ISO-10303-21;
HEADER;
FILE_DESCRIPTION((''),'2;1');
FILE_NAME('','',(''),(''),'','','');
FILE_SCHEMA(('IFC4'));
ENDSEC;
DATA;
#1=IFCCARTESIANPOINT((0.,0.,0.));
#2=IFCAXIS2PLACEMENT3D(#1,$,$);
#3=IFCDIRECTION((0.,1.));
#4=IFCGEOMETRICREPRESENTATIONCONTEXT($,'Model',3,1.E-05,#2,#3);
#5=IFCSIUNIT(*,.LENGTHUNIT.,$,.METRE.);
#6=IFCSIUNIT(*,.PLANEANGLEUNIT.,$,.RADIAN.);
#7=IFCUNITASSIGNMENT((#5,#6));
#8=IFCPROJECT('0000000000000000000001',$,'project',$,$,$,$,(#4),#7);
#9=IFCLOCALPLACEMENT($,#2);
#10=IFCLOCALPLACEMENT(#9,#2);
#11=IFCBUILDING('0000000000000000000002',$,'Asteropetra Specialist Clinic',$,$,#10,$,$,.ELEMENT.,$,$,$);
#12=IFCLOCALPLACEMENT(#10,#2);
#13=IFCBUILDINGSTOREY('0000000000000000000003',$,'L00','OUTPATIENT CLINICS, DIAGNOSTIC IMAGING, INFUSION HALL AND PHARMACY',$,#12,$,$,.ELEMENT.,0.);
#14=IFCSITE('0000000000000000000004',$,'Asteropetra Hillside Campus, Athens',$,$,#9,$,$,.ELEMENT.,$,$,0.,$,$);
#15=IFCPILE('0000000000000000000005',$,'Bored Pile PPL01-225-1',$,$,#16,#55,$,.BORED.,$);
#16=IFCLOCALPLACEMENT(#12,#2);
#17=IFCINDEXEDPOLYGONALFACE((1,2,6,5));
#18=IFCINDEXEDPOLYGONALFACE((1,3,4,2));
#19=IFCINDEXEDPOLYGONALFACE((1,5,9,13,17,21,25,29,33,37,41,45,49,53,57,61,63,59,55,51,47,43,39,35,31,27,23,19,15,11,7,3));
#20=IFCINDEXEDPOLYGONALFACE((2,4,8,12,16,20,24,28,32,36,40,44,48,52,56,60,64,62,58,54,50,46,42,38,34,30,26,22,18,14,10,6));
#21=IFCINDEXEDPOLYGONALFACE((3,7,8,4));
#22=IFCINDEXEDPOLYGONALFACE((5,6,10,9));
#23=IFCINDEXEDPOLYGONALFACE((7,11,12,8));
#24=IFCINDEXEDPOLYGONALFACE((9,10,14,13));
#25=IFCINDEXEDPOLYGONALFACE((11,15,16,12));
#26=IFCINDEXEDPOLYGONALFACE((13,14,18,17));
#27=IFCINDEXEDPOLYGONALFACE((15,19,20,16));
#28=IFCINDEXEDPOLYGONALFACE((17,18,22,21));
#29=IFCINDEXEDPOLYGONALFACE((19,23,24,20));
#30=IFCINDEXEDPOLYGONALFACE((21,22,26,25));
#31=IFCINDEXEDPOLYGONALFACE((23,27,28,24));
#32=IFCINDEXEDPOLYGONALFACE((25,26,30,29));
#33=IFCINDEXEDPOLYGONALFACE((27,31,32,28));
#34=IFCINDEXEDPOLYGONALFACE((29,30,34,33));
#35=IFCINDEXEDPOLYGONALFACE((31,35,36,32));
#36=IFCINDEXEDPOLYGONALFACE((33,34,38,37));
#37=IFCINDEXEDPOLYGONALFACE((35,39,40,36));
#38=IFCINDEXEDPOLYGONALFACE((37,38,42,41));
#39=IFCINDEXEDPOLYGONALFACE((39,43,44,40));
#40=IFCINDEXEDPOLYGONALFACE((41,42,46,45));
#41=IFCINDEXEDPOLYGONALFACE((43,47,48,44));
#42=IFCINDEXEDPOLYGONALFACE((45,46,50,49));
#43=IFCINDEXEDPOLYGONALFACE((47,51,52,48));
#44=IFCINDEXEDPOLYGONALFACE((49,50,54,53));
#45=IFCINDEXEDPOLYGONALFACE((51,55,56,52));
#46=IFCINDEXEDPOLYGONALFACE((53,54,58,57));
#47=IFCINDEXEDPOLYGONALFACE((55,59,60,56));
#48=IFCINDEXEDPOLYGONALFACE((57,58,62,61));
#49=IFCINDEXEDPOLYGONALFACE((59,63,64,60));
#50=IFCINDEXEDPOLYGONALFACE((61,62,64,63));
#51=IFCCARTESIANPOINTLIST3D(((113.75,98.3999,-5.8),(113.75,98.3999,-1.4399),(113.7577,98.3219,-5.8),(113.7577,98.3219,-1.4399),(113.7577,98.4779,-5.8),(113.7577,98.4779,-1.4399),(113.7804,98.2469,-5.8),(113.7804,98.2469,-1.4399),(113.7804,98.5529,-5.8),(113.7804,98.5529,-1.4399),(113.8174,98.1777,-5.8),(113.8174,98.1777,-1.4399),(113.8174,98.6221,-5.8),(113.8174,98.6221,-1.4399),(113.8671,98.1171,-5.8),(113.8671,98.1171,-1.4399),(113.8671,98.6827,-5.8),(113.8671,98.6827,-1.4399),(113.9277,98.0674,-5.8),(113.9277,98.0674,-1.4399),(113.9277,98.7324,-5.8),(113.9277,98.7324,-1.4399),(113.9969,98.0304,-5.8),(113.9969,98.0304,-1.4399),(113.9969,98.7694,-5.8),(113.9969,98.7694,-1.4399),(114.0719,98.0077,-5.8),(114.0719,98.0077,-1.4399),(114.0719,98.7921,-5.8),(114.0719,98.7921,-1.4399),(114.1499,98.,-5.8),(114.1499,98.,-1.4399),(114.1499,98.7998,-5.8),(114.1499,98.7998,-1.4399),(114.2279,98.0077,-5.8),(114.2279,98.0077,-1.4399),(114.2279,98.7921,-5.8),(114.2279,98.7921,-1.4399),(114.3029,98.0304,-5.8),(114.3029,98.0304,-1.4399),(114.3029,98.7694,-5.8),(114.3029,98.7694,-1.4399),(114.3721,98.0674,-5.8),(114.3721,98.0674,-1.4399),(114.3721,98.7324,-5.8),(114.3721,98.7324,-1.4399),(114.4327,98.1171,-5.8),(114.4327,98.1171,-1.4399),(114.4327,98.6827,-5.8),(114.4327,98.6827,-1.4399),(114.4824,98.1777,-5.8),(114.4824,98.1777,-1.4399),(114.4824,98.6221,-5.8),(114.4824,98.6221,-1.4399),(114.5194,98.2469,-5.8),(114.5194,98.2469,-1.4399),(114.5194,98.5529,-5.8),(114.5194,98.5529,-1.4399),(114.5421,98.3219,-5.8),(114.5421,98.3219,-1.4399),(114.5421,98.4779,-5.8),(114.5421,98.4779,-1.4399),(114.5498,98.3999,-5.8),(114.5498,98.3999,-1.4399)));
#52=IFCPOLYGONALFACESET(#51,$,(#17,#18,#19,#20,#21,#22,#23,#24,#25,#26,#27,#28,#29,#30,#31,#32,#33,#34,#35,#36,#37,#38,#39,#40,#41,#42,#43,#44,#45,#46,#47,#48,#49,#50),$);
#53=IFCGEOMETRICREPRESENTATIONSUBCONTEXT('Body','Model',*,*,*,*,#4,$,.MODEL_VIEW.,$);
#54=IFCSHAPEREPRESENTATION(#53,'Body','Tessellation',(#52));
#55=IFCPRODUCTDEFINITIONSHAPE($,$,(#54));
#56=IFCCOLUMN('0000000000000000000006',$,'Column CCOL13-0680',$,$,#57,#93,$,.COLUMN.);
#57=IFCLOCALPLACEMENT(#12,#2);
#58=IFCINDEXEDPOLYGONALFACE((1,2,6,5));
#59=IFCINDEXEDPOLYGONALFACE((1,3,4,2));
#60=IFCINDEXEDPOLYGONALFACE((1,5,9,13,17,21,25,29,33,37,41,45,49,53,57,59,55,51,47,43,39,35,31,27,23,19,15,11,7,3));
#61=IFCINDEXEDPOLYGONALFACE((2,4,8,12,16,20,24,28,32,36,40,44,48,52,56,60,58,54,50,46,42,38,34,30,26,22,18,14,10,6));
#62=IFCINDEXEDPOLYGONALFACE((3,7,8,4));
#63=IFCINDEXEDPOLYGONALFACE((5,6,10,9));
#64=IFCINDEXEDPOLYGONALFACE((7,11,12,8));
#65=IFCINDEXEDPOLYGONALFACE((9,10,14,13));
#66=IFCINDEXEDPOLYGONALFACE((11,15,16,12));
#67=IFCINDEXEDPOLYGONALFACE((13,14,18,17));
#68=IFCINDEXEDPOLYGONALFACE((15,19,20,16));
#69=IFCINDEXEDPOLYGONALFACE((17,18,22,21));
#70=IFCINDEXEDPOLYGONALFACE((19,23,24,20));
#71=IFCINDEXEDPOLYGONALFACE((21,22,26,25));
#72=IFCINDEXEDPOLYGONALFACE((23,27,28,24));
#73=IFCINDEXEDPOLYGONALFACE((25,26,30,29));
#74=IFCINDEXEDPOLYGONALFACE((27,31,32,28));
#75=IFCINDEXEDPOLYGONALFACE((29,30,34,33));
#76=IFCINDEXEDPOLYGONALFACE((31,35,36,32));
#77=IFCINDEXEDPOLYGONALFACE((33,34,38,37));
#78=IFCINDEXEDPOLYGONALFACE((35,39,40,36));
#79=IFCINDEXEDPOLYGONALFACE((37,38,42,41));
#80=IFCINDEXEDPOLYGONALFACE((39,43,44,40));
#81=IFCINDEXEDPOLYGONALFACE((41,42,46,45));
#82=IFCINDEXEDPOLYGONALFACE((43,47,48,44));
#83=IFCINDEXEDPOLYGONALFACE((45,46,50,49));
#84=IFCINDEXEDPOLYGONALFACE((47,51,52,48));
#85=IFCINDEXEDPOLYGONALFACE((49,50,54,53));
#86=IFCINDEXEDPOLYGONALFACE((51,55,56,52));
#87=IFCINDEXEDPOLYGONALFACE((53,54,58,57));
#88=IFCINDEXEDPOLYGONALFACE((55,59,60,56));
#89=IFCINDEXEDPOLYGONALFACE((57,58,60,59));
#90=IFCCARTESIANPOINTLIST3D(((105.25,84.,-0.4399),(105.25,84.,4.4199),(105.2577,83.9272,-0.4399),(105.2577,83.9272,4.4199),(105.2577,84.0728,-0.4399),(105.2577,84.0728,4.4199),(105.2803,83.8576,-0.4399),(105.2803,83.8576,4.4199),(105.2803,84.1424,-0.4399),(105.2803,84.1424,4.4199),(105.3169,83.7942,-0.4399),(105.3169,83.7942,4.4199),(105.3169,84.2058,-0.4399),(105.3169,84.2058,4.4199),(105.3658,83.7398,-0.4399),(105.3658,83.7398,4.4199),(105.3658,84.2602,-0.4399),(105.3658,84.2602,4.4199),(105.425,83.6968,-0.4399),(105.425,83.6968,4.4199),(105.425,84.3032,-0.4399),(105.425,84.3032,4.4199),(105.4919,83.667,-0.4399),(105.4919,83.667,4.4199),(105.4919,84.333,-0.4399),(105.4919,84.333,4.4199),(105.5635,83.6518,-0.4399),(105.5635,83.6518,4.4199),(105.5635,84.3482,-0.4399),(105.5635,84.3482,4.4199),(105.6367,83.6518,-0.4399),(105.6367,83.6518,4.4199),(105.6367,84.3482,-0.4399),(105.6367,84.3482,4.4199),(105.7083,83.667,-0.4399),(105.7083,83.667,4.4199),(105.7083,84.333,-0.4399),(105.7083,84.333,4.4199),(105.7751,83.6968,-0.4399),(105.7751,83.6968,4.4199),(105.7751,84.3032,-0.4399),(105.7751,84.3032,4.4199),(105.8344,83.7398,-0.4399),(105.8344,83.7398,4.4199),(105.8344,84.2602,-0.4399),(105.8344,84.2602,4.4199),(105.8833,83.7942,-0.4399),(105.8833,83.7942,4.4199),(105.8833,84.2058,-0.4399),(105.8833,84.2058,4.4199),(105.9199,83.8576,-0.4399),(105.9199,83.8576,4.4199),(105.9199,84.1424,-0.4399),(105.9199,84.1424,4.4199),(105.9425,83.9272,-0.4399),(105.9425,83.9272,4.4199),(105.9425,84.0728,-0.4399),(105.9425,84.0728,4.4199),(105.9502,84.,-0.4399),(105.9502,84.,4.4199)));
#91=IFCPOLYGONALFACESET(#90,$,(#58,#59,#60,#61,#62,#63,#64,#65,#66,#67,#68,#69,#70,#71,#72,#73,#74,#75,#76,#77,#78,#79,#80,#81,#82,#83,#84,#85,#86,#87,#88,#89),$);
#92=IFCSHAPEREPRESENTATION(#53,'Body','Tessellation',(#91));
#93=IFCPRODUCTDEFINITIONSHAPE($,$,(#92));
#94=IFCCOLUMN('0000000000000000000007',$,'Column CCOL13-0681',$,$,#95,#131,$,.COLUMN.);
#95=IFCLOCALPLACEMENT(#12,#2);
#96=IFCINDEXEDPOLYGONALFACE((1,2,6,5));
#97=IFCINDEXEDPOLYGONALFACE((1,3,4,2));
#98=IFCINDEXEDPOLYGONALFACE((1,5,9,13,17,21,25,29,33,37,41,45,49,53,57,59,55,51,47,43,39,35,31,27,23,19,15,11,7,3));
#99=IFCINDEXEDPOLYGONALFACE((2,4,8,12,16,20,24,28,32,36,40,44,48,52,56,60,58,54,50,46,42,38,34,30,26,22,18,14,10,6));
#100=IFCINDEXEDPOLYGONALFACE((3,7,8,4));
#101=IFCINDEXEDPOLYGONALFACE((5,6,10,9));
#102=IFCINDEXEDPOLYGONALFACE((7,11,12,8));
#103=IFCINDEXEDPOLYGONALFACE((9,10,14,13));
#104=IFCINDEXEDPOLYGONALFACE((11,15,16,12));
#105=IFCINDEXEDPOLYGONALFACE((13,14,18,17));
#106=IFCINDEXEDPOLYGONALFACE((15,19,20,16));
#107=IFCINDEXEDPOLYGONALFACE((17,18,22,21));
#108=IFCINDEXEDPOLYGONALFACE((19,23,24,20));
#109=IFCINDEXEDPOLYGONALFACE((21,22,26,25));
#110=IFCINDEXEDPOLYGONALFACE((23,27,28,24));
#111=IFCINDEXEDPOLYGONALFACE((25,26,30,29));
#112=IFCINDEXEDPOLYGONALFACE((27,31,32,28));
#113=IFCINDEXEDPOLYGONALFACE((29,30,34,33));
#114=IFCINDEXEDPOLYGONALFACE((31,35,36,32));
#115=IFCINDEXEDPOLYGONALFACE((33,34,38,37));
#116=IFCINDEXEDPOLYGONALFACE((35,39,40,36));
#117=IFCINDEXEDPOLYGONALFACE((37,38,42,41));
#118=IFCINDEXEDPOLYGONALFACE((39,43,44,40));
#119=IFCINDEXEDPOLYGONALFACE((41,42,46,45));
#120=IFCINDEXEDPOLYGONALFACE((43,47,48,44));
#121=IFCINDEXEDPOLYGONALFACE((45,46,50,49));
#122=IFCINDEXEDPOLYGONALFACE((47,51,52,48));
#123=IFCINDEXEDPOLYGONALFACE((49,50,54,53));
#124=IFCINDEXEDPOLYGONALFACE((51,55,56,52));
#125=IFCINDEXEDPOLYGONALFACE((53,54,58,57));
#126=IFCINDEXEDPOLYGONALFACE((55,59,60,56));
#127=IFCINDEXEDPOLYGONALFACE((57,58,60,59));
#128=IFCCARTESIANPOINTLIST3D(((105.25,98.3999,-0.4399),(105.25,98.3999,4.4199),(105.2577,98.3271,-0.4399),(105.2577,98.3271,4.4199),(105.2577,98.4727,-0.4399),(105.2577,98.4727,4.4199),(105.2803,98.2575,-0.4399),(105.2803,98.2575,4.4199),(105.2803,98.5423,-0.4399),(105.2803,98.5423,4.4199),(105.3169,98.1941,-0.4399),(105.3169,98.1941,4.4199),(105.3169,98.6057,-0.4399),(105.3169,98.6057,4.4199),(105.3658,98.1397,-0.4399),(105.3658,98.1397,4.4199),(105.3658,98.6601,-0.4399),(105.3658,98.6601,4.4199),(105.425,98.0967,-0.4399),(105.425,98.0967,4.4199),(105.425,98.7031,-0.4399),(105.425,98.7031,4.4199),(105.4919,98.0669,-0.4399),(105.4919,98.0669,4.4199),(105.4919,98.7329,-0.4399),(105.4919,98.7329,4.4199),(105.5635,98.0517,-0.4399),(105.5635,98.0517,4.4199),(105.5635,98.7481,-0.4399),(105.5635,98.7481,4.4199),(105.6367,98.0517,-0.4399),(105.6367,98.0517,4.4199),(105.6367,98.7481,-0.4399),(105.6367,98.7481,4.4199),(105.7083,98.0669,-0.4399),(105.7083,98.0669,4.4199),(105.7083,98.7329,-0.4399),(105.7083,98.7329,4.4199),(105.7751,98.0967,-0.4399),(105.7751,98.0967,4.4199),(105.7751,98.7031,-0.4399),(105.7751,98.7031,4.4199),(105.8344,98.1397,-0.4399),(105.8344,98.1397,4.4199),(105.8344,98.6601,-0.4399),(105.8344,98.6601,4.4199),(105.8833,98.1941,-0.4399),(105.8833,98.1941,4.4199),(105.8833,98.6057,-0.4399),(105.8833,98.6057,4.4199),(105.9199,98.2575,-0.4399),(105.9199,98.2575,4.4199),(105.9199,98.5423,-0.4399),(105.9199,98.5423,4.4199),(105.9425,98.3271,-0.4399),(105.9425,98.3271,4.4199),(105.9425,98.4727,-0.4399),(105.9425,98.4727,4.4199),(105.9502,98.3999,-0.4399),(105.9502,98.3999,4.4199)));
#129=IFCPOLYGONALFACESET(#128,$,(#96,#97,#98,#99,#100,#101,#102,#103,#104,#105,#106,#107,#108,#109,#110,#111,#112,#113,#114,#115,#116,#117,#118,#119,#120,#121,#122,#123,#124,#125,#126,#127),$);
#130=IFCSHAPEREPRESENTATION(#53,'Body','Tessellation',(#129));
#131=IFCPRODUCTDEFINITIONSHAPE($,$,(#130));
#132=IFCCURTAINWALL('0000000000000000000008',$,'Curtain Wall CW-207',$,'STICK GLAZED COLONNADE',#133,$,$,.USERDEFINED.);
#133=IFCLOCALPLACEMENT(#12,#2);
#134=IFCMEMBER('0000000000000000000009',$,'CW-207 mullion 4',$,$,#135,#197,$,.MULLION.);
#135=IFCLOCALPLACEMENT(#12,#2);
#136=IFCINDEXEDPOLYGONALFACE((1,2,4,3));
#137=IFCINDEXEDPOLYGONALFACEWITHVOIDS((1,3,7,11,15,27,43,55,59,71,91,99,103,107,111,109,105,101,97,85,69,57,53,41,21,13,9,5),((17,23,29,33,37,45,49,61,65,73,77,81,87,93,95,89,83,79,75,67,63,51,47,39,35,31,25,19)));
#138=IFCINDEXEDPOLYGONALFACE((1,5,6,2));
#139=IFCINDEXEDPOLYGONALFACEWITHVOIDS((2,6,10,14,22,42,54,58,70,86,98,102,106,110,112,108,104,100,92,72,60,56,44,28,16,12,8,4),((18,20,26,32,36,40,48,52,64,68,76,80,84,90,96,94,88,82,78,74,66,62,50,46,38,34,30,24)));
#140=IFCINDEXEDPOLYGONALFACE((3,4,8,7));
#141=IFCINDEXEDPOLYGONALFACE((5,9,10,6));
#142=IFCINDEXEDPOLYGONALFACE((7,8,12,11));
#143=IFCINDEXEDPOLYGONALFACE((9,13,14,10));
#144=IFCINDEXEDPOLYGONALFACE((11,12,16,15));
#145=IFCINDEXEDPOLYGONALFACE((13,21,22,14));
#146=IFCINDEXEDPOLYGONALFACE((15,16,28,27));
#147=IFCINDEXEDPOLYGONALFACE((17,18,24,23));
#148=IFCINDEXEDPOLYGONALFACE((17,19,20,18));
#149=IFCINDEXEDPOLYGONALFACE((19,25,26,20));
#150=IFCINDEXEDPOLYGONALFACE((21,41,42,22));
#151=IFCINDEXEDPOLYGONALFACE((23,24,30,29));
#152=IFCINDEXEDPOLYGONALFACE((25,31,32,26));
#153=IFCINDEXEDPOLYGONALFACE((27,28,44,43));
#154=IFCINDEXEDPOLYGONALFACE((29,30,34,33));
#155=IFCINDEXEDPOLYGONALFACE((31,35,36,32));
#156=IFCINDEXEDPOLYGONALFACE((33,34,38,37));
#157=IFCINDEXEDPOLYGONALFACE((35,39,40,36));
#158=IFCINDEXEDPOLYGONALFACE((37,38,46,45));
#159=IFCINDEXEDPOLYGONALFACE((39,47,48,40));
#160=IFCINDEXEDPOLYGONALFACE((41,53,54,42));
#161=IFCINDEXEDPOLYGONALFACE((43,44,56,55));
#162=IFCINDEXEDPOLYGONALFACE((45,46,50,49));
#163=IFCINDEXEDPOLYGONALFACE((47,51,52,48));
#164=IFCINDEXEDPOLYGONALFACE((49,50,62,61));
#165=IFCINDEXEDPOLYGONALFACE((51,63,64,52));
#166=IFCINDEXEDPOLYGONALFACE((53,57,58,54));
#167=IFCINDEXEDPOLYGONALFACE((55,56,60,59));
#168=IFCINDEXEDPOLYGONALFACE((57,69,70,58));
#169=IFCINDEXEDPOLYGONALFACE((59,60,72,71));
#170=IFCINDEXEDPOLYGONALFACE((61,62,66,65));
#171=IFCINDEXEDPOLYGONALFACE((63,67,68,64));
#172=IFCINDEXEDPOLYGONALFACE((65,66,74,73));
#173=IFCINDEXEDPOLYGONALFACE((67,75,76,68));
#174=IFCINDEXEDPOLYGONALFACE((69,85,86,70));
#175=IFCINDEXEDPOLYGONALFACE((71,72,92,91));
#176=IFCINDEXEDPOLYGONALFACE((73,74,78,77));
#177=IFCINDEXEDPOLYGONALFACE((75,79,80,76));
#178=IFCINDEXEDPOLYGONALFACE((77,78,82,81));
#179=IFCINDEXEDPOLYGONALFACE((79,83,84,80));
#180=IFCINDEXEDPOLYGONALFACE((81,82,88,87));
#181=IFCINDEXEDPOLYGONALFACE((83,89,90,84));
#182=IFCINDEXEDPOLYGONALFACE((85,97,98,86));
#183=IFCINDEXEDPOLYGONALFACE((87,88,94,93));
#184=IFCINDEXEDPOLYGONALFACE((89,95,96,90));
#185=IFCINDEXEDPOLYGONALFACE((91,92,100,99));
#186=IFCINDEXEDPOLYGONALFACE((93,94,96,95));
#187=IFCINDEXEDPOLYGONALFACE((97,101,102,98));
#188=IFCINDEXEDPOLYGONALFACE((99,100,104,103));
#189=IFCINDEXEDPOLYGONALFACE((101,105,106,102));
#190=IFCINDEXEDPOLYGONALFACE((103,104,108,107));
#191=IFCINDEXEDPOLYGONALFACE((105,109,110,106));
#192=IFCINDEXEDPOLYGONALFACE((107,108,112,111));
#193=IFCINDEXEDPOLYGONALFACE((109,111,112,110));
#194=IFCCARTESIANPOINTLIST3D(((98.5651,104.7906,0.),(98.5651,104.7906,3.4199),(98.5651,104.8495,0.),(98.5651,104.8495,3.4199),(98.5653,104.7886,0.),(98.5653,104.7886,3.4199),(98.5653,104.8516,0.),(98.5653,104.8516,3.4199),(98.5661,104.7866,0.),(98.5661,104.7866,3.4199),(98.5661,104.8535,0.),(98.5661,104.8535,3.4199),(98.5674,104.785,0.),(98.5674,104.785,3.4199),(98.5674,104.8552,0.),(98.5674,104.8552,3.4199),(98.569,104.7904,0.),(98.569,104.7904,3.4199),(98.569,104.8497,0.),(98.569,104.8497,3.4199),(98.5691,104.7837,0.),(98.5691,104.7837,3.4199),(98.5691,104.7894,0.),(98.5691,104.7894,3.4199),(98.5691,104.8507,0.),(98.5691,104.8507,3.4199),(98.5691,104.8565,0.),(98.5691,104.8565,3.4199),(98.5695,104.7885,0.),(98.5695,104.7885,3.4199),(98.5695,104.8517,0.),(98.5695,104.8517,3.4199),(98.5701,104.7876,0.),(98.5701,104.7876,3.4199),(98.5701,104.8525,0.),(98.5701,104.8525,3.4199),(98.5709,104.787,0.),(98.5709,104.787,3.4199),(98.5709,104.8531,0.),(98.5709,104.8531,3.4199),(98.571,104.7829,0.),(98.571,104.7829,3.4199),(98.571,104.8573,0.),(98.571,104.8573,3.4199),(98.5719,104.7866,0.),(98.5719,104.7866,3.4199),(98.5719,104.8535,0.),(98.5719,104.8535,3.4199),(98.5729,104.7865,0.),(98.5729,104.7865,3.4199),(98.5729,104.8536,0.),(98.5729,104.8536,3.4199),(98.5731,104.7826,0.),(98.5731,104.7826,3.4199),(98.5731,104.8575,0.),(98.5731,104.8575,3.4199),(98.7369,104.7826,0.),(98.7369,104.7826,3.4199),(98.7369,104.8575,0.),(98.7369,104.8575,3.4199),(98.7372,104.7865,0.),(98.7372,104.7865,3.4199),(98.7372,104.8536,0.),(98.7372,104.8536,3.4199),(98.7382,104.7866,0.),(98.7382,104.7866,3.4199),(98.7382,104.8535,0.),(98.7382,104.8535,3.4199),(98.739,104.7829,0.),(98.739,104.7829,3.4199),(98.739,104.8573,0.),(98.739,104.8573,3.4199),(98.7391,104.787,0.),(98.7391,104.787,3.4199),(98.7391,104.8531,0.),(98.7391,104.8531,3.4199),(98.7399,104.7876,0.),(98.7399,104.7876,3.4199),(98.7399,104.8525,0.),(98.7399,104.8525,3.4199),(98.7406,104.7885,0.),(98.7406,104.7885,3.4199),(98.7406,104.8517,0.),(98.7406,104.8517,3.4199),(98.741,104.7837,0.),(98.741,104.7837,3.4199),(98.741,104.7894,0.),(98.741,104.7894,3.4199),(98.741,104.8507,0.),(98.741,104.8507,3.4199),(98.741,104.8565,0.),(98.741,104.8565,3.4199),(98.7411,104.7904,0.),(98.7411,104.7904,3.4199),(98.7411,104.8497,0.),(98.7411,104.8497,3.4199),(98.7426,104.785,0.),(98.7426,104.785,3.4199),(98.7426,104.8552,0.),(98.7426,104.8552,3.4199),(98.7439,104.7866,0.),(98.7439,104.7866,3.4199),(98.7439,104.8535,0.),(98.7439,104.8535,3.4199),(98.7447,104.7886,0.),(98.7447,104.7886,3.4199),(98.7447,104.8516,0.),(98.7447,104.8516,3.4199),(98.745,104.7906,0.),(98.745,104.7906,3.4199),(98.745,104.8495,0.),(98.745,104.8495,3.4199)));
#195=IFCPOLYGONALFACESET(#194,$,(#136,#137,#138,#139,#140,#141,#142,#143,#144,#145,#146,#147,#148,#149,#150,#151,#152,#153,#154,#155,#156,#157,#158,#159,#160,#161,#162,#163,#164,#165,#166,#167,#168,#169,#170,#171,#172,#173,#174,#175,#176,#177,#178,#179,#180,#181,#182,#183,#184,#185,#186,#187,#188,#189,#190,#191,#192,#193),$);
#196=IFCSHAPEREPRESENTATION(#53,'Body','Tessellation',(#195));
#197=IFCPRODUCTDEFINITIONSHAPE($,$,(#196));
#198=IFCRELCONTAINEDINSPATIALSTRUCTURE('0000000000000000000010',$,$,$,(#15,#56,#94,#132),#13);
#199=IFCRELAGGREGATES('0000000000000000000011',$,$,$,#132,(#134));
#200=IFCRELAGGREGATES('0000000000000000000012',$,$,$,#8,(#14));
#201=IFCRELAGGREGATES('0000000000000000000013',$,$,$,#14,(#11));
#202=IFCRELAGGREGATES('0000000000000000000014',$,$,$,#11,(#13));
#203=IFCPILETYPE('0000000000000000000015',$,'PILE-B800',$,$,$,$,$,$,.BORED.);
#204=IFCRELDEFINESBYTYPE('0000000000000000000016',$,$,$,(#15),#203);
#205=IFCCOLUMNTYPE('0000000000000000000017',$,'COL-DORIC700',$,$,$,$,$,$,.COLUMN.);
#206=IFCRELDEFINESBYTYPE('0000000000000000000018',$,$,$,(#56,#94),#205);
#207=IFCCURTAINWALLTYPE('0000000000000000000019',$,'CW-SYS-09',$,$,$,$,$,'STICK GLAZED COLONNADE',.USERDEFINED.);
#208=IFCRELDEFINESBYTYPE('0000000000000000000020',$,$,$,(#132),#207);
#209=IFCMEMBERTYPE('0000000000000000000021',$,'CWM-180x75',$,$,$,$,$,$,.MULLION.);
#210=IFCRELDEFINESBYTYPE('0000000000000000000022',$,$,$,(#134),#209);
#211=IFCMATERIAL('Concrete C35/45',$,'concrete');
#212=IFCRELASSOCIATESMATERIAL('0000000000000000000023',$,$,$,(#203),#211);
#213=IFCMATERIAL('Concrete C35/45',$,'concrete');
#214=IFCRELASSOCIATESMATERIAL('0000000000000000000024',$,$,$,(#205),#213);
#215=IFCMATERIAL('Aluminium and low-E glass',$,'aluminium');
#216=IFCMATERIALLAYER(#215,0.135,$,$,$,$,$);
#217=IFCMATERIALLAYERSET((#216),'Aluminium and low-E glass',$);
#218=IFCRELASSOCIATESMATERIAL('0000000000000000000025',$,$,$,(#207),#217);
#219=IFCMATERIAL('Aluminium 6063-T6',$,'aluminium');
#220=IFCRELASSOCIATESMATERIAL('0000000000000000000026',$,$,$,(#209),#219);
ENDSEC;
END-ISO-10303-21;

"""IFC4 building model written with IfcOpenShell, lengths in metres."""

from ifc_helpers import new_model, si_unit, direction, frame, origin, origin_2d, place, context, subcontext, project, spatial, hollow_rectangle, circle, extrude, material, layer, layer_set, material_profile, profile_set, type_object, element, aggregate, save


model = new_model("IFC4")

# Units and contexts
model_context = context("Model", 3, precision=1e-05, world=origin(), true_north=direction((0.0, 1.0)))
body_context = subcontext(model_context, "Body", "Model", "MODEL_VIEW")
ifc_project = project(units=[si_unit("LENGTHUNIT", "METRE"), si_unit("PLANEANGLEUNIT", "RADIAN")], contexts=[model_context])

# Site, building, storey
site_placement = place(None, origin())
site = spatial("IfcSite", under=ifc_project, at=site_placement, Name="Asteropetra Hillside Campus, Athens", CompositionType="ELEMENT", RefElevation=0.0)
building_placement = place(site_placement, origin())
building = spatial("IfcBuilding", under=site, at=building_placement, Name="Asteropetra Specialist Clinic", CompositionType="ELEMENT")
storey_placement = place(building_placement, origin())
storey = spatial("IfcBuildingStorey", under=building, at=storey_placement, Name="L00", Description="OUTPATIENT CLINICS, DIAGNOSTIC IMAGING, INFUSION HALL AND PHARMACY", CompositionType="ELEMENT", Elevation=0.0)

# Pile
ifc_material_1 = material(Name="Concrete C35/45", Category="concrete")
ifc_material_profile_1 = material_profile(ifc_material_1, circle(Radius=0.3999, at=origin_2d()), Name="PILE D800")
ifc_profile_set_1 = profile_set([ifc_material_profile_1], Name="Concrete C35/45")
pile_type = type_object("IfcPileType", Name="PILE-B800", PredefinedType="BORED", material=ifc_profile_set_1)
for number, where, z_axis, x_axis, name in (
    (1, (114.1499, 98.3999, -1.4399), (0.0, 0.0, -1.0), (1.0, 0.0, 0.0), "Bored Pile PPL01-225-1"),
):
    element("IfcPile", number, at=place(storey_placement, frame(where, z_axis=z_axis, x_axis=x_axis)), inside=storey, type_object=pile_type, Name=name, PredefinedType="BORED", context=body_context, shape_type="SweptSolid", body=[
        extrude(circle(Radius=0.3999, at=origin_2d()), origin(), (0.0, 0.0, 1.0), 4.3601),
    ])

# Columns
ifc_material_2 = material(Name="Concrete C35/45", Category="concrete")
ifc_material_profile_2 = material_profile(ifc_material_2, circle(Radius=0.3501, at=origin_2d()), Name="RCC D700")
ifc_profile_set_2 = profile_set([ifc_material_profile_2], Name="Concrete C35/45")
column_type = type_object("IfcColumnType", Name="COL-DORIC700", PredefinedType="COLUMN", material=ifc_profile_set_2)
for number, where, z_axis, x_axis, name in (
    (2, (105.6001, 84.0, -0.4399), (0.0, 0.0, 1.0), (1.0, 0.0, 0.0), "Column CCOL13-0680"),
    (3, (105.6001, 98.3999, -0.4399), (0.0, 0.0, 1.0), (1.0, 0.0, 0.0), "Column CCOL13-0681"),
):
    element("IfcColumn", number, at=place(storey_placement, frame(where, z_axis=z_axis, x_axis=x_axis)), inside=storey, type_object=column_type, Name=name, PredefinedType="COLUMN", context=body_context, shape_type="SweptSolid", body=[
        extrude(circle(Radius=0.3501, at=origin_2d()), origin(), (0.0, 0.0, 1.0), 4.8599),
    ])

# Curtain wall, member
ifc_material_3 = material(Name="Aluminium and low-E glass", Category="aluminium")
ifc_layer_1 = layer(ifc_material_3, 0.135)
ifc_layer_set_1 = layer_set([ifc_layer_1], Name="Aluminium and low-E glass")
curtain_wall_type = type_object("IfcCurtainWallType", Name="CW-SYS-09", ElementType="STICK GLAZED COLONNADE", PredefinedType="USERDEFINED", material=ifc_layer_set_1)
curtain_wall_placement = place(storey_placement, origin())
curtain_wall = element("IfcCurtainWall", 4, at=curtain_wall_placement, inside=storey, type_object=curtain_wall_type, Name="Curtain Wall CW-207", ObjectType="STICK GLAZED COLONNADE", PredefinedType="USERDEFINED")
ifc_material_4 = material(Name="Aluminium 6063-T6", Category="aluminium")
ifc_material_profile_3 = material_profile(ifc_material_4, hollow_rectangle(XDim=0.075, YDim=0.1799, WallThickness=0.0039, InnerFilletRadius=0.0039, OuterFilletRadius=0.0081, at=origin_2d()), Name="MUL 180x75x4.0")
ifc_profile_set_3 = profile_set([ifc_material_profile_3], Name="Aluminium 6063-T6")
member_type = type_object("IfcMemberType", Name="CWM-180x75", PredefinedType="MULLION", material=ifc_profile_set_3)
member_placement = place(storey_placement, frame((98.655, 104.8201, 0.0), z_axis=(0.0, 0.0, 1.0), x_axis=(0.0, -1.0, 0.0)))
member = element("IfcMember", 5, at=member_placement, type_object=member_type, Name="CW-207 mullion 4", PredefinedType="MULLION", context=body_context, shape_type="SweptSolid", body=[
    extrude(hollow_rectangle(XDim=0.075, YDim=0.1799, WallThickness=0.0039, InnerFilletRadius=0.0039, OuterFilletRadius=0.0081, at=origin_2d()), origin(), (0.0, 0.0, 1.0), 3.4199),
])
aggregate(curtain_wall, [member])

save(model, "model.ifc")
